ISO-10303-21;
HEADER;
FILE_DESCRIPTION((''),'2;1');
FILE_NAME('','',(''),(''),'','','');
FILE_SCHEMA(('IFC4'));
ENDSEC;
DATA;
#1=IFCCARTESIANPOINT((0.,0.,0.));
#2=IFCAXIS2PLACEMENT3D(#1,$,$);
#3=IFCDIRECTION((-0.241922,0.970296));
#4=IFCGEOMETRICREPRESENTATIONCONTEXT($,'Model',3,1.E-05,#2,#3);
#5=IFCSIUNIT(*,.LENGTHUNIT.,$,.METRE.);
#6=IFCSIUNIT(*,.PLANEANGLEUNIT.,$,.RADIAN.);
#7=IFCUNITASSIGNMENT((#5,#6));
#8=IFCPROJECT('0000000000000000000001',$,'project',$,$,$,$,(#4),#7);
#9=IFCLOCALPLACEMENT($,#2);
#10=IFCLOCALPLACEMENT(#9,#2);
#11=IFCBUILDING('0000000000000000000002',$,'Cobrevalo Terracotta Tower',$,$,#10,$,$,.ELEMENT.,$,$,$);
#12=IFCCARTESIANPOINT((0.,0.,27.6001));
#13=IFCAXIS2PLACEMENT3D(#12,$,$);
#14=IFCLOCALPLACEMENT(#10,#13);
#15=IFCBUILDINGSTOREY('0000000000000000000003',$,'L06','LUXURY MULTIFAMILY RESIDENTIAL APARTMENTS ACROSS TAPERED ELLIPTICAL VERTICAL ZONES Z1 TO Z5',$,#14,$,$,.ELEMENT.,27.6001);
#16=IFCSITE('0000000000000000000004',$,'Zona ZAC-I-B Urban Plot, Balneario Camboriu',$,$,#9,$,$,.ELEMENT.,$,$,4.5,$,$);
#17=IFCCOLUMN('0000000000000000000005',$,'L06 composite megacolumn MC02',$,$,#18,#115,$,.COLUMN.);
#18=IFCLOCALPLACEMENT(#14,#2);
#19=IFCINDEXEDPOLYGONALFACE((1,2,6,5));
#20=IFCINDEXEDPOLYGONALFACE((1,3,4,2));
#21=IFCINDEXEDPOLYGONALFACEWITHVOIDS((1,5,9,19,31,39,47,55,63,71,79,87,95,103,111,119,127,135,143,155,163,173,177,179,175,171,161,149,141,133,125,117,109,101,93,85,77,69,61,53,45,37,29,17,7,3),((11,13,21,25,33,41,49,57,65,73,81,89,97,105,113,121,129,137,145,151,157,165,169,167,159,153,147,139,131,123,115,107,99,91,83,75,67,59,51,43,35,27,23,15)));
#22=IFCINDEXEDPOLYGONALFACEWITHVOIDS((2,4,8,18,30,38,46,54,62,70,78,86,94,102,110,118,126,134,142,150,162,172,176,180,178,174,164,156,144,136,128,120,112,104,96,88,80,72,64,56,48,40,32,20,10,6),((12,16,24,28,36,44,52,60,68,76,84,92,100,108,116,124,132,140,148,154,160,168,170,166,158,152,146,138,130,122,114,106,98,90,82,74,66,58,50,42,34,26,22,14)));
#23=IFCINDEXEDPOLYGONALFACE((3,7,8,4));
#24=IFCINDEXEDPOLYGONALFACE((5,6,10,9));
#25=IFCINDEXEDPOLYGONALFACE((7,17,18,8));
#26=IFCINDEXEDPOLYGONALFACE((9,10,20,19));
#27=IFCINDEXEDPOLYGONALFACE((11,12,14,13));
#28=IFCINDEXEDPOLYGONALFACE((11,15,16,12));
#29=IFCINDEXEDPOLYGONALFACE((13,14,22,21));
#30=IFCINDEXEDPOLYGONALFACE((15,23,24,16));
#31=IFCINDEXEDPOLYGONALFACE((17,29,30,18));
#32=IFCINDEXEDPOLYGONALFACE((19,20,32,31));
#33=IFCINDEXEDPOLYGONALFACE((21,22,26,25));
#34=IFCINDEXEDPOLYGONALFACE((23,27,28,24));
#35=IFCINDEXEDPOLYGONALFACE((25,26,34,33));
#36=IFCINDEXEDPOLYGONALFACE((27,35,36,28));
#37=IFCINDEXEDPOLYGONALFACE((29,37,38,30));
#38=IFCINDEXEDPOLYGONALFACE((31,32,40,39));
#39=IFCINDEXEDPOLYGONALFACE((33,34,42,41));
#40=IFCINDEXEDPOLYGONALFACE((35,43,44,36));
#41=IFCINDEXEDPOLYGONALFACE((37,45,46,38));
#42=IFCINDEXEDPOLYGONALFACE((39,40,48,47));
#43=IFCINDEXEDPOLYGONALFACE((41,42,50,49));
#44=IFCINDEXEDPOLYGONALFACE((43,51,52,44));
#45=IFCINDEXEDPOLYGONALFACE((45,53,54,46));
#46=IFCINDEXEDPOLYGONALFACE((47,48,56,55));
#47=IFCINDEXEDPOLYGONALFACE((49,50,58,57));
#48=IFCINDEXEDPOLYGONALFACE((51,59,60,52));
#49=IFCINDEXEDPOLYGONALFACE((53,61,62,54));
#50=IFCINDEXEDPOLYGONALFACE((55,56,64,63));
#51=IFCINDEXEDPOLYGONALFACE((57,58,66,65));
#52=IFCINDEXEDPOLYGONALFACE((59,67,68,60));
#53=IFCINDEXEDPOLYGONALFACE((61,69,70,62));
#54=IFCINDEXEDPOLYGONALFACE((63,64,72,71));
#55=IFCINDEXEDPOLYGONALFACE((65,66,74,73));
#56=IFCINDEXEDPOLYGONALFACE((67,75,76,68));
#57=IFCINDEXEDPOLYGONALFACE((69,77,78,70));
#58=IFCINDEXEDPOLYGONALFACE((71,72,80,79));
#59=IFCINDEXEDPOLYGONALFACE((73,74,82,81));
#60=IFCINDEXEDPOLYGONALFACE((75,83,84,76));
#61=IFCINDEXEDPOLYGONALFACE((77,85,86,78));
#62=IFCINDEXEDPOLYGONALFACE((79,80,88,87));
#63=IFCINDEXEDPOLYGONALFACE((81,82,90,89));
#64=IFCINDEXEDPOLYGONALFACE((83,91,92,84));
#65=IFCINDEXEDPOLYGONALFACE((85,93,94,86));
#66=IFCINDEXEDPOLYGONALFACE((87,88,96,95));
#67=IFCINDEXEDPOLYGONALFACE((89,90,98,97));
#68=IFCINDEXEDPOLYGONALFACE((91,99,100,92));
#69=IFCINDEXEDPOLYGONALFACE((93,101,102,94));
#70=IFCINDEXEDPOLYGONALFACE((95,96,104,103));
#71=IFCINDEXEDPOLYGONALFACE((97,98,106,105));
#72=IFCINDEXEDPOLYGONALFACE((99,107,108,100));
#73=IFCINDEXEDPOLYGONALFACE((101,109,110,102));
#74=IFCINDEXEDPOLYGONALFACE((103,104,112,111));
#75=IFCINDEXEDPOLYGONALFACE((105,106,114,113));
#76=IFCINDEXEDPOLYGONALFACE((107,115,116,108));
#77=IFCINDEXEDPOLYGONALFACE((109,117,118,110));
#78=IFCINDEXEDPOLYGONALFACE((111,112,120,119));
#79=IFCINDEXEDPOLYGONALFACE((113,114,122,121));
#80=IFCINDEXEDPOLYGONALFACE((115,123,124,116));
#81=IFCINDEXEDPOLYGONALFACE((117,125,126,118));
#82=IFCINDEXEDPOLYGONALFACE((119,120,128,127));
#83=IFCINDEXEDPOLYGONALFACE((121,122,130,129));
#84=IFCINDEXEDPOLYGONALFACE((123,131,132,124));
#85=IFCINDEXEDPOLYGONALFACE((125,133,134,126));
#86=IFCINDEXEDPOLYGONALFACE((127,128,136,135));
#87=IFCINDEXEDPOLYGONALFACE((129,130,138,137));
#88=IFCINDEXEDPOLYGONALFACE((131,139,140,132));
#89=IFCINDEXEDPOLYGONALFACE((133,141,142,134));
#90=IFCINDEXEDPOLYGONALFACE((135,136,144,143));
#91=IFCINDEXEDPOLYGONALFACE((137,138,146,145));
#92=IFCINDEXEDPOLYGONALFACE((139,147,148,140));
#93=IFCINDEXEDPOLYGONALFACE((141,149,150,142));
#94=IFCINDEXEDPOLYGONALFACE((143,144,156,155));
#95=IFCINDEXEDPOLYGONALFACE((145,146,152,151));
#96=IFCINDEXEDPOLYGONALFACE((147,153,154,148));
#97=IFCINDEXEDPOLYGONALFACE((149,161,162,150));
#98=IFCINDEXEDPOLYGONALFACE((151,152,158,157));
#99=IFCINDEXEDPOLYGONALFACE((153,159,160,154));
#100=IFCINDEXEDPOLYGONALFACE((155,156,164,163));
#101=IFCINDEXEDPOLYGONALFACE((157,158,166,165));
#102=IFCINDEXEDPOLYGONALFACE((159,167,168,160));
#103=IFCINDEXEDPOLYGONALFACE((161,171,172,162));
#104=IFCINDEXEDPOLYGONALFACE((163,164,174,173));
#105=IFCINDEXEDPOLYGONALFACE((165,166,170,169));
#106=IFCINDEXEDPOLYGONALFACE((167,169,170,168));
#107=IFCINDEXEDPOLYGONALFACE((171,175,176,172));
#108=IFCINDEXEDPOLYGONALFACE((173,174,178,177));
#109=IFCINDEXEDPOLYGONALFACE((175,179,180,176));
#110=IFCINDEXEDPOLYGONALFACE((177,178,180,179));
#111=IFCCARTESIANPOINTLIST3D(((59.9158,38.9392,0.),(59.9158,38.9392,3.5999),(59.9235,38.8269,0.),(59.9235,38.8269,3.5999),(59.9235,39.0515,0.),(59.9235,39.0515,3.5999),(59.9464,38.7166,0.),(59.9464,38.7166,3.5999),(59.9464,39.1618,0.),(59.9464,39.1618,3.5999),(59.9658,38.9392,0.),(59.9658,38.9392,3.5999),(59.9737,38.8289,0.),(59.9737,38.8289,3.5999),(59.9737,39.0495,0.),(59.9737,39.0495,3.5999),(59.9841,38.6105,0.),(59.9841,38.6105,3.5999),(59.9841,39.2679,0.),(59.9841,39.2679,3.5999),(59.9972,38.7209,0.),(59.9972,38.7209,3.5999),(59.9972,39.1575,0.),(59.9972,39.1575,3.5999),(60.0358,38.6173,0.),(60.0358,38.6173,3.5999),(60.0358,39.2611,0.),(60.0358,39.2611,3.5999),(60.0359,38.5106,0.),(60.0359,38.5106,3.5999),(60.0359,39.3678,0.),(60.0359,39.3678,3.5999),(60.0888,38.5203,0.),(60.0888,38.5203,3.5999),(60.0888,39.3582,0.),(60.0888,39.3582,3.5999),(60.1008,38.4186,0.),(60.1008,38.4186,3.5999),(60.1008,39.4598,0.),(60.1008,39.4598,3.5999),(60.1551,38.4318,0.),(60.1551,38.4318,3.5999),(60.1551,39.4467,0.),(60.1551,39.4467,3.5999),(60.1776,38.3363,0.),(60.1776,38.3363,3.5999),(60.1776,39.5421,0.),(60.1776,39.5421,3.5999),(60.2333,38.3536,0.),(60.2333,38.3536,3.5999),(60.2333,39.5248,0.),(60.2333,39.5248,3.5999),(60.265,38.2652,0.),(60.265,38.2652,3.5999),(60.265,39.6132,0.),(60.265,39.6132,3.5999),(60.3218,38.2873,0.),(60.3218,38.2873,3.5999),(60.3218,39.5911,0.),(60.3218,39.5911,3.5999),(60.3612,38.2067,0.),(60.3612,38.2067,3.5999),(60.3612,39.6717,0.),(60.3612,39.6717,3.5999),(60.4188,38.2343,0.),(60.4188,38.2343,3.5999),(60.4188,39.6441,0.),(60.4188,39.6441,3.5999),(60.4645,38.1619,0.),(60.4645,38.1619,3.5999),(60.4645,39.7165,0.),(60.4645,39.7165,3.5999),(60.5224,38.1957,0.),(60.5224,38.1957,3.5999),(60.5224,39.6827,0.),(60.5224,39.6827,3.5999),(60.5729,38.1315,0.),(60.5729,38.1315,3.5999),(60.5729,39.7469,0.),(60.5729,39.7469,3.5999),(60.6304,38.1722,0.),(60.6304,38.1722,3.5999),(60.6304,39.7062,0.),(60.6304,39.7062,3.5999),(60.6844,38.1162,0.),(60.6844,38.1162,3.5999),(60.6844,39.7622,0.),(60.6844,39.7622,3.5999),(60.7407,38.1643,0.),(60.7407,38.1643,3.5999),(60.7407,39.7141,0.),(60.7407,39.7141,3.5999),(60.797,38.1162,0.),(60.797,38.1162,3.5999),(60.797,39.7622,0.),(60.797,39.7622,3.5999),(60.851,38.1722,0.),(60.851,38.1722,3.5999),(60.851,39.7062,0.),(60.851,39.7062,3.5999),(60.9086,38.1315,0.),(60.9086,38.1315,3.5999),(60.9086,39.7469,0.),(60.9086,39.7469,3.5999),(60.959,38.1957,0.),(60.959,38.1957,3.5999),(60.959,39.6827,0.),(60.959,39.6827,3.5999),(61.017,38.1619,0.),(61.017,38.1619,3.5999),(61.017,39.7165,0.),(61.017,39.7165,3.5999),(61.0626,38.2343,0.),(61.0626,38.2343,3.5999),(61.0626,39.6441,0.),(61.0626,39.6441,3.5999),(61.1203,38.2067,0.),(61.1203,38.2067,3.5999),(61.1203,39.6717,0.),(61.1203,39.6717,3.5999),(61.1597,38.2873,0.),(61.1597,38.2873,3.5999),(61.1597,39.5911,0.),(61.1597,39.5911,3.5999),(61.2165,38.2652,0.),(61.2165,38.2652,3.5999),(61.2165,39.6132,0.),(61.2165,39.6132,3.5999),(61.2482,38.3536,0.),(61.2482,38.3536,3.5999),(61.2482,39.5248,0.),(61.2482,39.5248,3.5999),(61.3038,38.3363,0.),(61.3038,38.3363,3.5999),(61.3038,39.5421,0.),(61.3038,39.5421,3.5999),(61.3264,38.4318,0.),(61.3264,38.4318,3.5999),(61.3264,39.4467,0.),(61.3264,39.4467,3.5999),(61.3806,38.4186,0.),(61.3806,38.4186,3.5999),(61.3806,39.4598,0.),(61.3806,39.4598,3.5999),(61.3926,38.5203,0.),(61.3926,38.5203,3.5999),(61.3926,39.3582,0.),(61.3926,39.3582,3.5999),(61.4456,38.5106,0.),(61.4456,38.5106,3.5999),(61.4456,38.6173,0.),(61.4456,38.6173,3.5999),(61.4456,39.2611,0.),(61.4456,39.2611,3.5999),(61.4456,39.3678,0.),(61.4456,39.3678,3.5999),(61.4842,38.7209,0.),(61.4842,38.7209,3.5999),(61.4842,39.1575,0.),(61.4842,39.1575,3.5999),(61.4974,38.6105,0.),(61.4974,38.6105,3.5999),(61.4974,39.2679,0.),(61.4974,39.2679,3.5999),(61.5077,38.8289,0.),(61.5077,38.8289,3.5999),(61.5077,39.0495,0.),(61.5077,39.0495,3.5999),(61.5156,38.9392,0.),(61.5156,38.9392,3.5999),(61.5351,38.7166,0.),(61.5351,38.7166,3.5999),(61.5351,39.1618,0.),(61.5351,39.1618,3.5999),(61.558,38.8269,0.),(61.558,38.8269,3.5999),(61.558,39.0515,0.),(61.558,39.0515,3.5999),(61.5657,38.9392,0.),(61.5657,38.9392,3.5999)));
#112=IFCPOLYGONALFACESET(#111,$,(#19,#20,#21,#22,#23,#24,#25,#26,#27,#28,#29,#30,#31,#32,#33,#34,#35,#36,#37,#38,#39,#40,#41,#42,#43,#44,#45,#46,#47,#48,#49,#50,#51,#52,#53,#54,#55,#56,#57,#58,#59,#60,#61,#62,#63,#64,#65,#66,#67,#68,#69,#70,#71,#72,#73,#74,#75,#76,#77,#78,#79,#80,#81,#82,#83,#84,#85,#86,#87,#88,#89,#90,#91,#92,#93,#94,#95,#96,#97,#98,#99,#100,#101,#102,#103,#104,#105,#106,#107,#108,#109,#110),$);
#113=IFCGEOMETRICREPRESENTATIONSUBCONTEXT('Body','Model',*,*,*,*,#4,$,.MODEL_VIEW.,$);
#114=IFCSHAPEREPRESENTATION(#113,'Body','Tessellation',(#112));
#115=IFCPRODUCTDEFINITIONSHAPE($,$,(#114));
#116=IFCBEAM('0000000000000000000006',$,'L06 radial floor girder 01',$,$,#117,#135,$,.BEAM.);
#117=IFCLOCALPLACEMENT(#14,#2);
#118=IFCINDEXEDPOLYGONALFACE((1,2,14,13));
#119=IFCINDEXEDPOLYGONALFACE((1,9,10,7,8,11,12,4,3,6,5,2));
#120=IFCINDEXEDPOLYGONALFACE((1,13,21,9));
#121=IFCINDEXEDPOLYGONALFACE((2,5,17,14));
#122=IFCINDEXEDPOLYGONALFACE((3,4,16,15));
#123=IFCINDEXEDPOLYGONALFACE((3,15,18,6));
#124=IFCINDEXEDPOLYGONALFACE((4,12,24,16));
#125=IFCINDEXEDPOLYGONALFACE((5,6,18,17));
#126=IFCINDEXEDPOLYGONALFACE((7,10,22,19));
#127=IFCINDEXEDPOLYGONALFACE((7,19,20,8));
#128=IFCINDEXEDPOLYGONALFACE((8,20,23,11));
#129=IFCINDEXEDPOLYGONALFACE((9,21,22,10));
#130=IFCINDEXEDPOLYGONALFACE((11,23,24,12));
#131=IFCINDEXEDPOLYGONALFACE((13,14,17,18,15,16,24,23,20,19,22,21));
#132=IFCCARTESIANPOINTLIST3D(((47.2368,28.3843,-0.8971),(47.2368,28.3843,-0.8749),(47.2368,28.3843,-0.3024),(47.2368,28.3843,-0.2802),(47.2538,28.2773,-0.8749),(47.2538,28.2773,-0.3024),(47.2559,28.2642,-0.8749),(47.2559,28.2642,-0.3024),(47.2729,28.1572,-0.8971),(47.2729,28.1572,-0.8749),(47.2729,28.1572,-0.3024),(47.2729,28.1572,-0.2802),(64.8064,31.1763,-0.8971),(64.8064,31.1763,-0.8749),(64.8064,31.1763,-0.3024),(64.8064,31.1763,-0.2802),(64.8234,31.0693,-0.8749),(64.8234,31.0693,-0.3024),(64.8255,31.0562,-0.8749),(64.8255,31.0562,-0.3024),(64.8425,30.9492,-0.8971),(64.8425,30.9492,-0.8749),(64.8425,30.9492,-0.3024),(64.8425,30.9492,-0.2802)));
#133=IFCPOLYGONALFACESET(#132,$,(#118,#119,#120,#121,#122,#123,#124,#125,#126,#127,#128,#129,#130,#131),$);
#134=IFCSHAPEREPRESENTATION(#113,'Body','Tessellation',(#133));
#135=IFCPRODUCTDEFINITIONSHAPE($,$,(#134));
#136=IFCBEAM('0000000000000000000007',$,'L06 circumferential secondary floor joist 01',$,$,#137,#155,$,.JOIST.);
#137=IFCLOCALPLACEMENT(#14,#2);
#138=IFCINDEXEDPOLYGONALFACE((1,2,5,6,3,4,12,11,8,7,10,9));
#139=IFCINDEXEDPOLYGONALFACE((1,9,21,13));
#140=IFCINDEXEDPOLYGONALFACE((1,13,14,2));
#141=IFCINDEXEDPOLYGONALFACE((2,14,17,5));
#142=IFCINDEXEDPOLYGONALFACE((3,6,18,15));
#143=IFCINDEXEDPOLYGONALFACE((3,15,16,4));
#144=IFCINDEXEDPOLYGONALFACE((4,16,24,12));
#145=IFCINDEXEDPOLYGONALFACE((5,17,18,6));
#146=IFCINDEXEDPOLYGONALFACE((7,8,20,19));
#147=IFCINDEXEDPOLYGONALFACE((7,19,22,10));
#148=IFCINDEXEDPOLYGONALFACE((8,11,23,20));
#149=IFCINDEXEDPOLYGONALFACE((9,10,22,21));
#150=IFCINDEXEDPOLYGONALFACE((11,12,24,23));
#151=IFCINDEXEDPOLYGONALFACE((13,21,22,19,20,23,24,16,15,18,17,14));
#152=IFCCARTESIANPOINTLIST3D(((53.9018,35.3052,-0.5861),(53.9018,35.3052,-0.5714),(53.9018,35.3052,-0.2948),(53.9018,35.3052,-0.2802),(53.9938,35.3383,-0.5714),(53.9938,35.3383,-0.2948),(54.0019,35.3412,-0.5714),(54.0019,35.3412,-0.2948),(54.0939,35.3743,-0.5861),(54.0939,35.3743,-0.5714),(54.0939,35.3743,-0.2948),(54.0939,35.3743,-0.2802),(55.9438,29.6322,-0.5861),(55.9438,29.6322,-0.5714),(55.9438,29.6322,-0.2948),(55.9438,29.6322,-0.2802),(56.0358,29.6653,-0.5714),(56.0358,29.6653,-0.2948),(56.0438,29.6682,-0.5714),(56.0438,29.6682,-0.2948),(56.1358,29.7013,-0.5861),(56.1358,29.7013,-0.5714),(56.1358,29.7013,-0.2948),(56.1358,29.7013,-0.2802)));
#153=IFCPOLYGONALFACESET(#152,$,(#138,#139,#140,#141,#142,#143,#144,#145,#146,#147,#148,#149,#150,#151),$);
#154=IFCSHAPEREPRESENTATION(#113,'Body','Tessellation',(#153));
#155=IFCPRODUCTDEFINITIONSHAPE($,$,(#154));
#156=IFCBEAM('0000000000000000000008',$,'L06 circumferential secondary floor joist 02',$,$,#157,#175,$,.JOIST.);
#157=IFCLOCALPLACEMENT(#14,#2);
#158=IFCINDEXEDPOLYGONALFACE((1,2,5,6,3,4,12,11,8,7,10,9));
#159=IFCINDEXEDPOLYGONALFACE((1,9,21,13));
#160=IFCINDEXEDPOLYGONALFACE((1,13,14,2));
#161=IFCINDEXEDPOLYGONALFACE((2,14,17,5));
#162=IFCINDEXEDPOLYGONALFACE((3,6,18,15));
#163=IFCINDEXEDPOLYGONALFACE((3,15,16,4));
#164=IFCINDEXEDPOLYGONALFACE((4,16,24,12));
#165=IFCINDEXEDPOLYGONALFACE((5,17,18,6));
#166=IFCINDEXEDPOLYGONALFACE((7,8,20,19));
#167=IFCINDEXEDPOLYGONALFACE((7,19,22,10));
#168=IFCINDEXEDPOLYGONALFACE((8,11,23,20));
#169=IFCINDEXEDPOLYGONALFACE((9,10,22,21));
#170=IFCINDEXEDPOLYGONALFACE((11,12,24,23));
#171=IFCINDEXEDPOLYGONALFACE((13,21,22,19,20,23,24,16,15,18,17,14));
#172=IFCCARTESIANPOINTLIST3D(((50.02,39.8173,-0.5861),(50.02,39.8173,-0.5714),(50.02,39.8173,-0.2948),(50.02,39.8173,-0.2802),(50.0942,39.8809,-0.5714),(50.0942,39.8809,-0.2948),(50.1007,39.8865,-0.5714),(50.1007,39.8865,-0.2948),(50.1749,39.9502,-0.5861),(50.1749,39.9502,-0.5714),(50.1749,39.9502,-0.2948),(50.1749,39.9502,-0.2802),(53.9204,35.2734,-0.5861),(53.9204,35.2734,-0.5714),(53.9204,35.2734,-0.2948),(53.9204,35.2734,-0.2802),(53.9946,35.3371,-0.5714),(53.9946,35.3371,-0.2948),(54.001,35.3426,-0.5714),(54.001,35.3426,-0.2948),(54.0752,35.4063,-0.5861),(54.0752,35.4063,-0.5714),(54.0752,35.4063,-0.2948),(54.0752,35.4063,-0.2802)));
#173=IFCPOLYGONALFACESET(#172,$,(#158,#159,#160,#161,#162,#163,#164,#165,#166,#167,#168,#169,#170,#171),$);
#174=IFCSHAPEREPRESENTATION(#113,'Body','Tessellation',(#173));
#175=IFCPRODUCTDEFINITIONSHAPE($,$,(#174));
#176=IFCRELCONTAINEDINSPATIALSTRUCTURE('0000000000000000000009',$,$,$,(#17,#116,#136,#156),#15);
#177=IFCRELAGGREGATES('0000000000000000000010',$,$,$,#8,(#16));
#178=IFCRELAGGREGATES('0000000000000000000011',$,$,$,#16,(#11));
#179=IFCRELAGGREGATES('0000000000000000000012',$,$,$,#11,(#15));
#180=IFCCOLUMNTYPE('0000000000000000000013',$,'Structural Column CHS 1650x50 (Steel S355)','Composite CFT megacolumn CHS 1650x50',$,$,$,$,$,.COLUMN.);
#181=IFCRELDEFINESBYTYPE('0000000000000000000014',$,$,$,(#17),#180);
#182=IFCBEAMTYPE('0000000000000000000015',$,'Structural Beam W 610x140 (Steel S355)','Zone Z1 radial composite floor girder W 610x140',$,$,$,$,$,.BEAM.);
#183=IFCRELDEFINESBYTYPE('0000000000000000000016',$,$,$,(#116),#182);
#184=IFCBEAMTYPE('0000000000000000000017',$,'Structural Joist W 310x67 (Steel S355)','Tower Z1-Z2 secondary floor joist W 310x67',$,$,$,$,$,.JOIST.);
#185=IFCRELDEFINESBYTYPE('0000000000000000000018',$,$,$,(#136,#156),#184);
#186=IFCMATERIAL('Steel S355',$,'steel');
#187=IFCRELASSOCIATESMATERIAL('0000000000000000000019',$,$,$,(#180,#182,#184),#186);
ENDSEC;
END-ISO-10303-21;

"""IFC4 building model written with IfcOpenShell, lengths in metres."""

from ifc_helpers import new_model, si_unit, direction, frame, origin, origin_2d, place, context, subcontext, project, spatial, hollow_circle, i_section, extrude, material, material_profile, profile_set, type_object, element, save


model = new_model("IFC4")

# Units and contexts
model_context = context("Model", 3, precision=1e-05, world=origin(), true_north=direction((-0.241922, 0.970296)))
body_context = subcontext(model_context, "Body", "Model", "MODEL_VIEW")
ifc_project = project(units=[si_unit("LENGTHUNIT", "METRE"), si_unit("PLANEANGLEUNIT", "RADIAN")], contexts=[model_context])

# Site, building, storey
site_placement = place(None, origin())
site = spatial("IfcSite", under=ifc_project, at=site_placement, Name="Zona ZAC-I-B Urban Plot, Balneario Camboriu", CompositionType="ELEMENT", RefElevation=4.5)
building_placement = place(site_placement, origin())
building = spatial("IfcBuilding", under=site, at=building_placement, Name="Cobrevalo Terracotta Tower", CompositionType="ELEMENT")
storey_placement = place(building_placement, frame((0.0, 0.0, 27.6001)))
storey = spatial("IfcBuildingStorey", under=building, at=storey_placement, Name="L06", Description="LUXURY MULTIFAMILY RESIDENTIAL APARTMENTS ACROSS TAPERED ELLIPTICAL VERTICAL ZONES Z1 TO Z5", CompositionType="ELEMENT", Elevation=27.6001)

# Column
ifc_material_1 = material(Name="Steel S355", Category="steel")
ifc_material_profile_1 = material_profile(ifc_material_1, hollow_circle(Radius=0.825, WallThickness=0.05, at=origin_2d()), Name="CHS 1650x50")
ifc_profile_set_1 = profile_set([ifc_material_profile_1], Name="Steel S355")
column_type = type_object("IfcColumnType", Name="Structural Column CHS 1650x50 (Steel S355)", Description="Composite CFT megacolumn CHS 1650x50", PredefinedType="COLUMN", material=ifc_profile_set_1)
for number, where, z_axis, x_axis, name in (
    (1, (60.7407, 38.9392, 0.0), (0.0, 0.0, 1.0), (1.0, 0.0, 0.0), "L06 composite megacolumn MC02"),
):
    element("IfcColumn", number, at=place(storey_placement, frame(where, z_axis=z_axis, x_axis=x_axis)), inside=storey, type_object=column_type, Name=name, PredefinedType="COLUMN", context=body_context, shape_type="SweptSolid", body=[
        extrude(hollow_circle(Radius=0.825, WallThickness=0.05, at=origin_2d()), origin(), (0.0, 0.0, 1.0), 3.5999),
    ])

# Beams
ifc_material_profile_2 = material_profile(ifc_material_1, i_section(OverallWidth=0.23, OverallDepth=0.6169, WebThickness=0.0132, FlangeThickness=0.0222, at=origin_2d()), Name="W 610x140")
ifc_profile_set_2 = profile_set([ifc_material_profile_2], Name="Steel S355")
beam_type_1 = type_object("IfcBeamType", Name="Structural Beam W 610x140 (Steel S355)", Description="Zone Z1 radial composite floor girder W 610x140", PredefinedType="BEAM", material=ifc_profile_set_2)
beam_1_placement = place(storey_placement, frame((64.8245, 31.0627, -0.5886), z_axis=(-0.987608, -0.156941, 0.0), x_axis=(0.156941, -0.987608, 0.0)))
element("IfcBeam", 2, at=beam_1_placement, inside=storey, type_object=beam_type_1, Name="L06 radial floor girder 01", PredefinedType="BEAM", context=body_context, shape_type="SweptSolid", body=[
    extrude(i_section(OverallWidth=0.23, OverallDepth=0.6169, WebThickness=0.0132, FlangeThickness=0.0222, at=origin_2d()), origin(), (0.0, 0.0, 1.0), 17.79),
])
ifc_material_profile_3 = material_profile(ifc_material_1, i_section(OverallWidth=0.2041, OverallDepth=0.3059, WebThickness=0.0085, FlangeThickness=0.0146, at=origin_2d()), Name="W 310x67")
ifc_profile_set_3 = profile_set([ifc_material_profile_3], Name="Steel S355")
beam_type_2 = type_object("IfcBeamType", Name="Structural Joist W 310x67 (Steel S355)", Description="Tower Z1-Z2 secondary floor joist W 310x67", PredefinedType="JOIST", material=ifc_profile_set_3)
beam_2_placement = place(storey_placement, frame((56.0398, 29.6667, -0.4331), z_axis=(-0.338672, 0.940904, 0.0), x_axis=(-0.940904, -0.338672, 0.0)))
element("IfcBeam", 3, at=beam_2_placement, inside=storey, type_object=beam_type_2, Name="L06 circumferential secondary floor joist 01", PredefinedType="JOIST", context=body_context, shape_type="SweptSolid", body=[
    extrude(i_section(OverallWidth=0.2041, OverallDepth=0.3059, WebThickness=0.0085, FlangeThickness=0.0146, at=origin_2d()), origin(), (0.0, 0.0, 1.0), 6.0293),
])
beam_3_placement = place(storey_placement, frame((53.9978, 35.3398, -0.4331), z_axis=(-0.651328, 0.758796, 0.0), x_axis=(-0.758796, -0.651328, 0.0)))
element("IfcBeam", 4, at=beam_3_placement, inside=storey, type_object=beam_type_2, Name="L06 circumferential secondary floor joist 02", PredefinedType="JOIST", context=body_context, shape_type="SweptSolid", body=[
    extrude(i_section(OverallWidth=0.2041, OverallDepth=0.3059, WebThickness=0.0085, FlangeThickness=0.0146, at=origin_2d()), origin(), (0.0, 0.0, 1.0), 5.9883),
])

save(model, "model.ifc")
